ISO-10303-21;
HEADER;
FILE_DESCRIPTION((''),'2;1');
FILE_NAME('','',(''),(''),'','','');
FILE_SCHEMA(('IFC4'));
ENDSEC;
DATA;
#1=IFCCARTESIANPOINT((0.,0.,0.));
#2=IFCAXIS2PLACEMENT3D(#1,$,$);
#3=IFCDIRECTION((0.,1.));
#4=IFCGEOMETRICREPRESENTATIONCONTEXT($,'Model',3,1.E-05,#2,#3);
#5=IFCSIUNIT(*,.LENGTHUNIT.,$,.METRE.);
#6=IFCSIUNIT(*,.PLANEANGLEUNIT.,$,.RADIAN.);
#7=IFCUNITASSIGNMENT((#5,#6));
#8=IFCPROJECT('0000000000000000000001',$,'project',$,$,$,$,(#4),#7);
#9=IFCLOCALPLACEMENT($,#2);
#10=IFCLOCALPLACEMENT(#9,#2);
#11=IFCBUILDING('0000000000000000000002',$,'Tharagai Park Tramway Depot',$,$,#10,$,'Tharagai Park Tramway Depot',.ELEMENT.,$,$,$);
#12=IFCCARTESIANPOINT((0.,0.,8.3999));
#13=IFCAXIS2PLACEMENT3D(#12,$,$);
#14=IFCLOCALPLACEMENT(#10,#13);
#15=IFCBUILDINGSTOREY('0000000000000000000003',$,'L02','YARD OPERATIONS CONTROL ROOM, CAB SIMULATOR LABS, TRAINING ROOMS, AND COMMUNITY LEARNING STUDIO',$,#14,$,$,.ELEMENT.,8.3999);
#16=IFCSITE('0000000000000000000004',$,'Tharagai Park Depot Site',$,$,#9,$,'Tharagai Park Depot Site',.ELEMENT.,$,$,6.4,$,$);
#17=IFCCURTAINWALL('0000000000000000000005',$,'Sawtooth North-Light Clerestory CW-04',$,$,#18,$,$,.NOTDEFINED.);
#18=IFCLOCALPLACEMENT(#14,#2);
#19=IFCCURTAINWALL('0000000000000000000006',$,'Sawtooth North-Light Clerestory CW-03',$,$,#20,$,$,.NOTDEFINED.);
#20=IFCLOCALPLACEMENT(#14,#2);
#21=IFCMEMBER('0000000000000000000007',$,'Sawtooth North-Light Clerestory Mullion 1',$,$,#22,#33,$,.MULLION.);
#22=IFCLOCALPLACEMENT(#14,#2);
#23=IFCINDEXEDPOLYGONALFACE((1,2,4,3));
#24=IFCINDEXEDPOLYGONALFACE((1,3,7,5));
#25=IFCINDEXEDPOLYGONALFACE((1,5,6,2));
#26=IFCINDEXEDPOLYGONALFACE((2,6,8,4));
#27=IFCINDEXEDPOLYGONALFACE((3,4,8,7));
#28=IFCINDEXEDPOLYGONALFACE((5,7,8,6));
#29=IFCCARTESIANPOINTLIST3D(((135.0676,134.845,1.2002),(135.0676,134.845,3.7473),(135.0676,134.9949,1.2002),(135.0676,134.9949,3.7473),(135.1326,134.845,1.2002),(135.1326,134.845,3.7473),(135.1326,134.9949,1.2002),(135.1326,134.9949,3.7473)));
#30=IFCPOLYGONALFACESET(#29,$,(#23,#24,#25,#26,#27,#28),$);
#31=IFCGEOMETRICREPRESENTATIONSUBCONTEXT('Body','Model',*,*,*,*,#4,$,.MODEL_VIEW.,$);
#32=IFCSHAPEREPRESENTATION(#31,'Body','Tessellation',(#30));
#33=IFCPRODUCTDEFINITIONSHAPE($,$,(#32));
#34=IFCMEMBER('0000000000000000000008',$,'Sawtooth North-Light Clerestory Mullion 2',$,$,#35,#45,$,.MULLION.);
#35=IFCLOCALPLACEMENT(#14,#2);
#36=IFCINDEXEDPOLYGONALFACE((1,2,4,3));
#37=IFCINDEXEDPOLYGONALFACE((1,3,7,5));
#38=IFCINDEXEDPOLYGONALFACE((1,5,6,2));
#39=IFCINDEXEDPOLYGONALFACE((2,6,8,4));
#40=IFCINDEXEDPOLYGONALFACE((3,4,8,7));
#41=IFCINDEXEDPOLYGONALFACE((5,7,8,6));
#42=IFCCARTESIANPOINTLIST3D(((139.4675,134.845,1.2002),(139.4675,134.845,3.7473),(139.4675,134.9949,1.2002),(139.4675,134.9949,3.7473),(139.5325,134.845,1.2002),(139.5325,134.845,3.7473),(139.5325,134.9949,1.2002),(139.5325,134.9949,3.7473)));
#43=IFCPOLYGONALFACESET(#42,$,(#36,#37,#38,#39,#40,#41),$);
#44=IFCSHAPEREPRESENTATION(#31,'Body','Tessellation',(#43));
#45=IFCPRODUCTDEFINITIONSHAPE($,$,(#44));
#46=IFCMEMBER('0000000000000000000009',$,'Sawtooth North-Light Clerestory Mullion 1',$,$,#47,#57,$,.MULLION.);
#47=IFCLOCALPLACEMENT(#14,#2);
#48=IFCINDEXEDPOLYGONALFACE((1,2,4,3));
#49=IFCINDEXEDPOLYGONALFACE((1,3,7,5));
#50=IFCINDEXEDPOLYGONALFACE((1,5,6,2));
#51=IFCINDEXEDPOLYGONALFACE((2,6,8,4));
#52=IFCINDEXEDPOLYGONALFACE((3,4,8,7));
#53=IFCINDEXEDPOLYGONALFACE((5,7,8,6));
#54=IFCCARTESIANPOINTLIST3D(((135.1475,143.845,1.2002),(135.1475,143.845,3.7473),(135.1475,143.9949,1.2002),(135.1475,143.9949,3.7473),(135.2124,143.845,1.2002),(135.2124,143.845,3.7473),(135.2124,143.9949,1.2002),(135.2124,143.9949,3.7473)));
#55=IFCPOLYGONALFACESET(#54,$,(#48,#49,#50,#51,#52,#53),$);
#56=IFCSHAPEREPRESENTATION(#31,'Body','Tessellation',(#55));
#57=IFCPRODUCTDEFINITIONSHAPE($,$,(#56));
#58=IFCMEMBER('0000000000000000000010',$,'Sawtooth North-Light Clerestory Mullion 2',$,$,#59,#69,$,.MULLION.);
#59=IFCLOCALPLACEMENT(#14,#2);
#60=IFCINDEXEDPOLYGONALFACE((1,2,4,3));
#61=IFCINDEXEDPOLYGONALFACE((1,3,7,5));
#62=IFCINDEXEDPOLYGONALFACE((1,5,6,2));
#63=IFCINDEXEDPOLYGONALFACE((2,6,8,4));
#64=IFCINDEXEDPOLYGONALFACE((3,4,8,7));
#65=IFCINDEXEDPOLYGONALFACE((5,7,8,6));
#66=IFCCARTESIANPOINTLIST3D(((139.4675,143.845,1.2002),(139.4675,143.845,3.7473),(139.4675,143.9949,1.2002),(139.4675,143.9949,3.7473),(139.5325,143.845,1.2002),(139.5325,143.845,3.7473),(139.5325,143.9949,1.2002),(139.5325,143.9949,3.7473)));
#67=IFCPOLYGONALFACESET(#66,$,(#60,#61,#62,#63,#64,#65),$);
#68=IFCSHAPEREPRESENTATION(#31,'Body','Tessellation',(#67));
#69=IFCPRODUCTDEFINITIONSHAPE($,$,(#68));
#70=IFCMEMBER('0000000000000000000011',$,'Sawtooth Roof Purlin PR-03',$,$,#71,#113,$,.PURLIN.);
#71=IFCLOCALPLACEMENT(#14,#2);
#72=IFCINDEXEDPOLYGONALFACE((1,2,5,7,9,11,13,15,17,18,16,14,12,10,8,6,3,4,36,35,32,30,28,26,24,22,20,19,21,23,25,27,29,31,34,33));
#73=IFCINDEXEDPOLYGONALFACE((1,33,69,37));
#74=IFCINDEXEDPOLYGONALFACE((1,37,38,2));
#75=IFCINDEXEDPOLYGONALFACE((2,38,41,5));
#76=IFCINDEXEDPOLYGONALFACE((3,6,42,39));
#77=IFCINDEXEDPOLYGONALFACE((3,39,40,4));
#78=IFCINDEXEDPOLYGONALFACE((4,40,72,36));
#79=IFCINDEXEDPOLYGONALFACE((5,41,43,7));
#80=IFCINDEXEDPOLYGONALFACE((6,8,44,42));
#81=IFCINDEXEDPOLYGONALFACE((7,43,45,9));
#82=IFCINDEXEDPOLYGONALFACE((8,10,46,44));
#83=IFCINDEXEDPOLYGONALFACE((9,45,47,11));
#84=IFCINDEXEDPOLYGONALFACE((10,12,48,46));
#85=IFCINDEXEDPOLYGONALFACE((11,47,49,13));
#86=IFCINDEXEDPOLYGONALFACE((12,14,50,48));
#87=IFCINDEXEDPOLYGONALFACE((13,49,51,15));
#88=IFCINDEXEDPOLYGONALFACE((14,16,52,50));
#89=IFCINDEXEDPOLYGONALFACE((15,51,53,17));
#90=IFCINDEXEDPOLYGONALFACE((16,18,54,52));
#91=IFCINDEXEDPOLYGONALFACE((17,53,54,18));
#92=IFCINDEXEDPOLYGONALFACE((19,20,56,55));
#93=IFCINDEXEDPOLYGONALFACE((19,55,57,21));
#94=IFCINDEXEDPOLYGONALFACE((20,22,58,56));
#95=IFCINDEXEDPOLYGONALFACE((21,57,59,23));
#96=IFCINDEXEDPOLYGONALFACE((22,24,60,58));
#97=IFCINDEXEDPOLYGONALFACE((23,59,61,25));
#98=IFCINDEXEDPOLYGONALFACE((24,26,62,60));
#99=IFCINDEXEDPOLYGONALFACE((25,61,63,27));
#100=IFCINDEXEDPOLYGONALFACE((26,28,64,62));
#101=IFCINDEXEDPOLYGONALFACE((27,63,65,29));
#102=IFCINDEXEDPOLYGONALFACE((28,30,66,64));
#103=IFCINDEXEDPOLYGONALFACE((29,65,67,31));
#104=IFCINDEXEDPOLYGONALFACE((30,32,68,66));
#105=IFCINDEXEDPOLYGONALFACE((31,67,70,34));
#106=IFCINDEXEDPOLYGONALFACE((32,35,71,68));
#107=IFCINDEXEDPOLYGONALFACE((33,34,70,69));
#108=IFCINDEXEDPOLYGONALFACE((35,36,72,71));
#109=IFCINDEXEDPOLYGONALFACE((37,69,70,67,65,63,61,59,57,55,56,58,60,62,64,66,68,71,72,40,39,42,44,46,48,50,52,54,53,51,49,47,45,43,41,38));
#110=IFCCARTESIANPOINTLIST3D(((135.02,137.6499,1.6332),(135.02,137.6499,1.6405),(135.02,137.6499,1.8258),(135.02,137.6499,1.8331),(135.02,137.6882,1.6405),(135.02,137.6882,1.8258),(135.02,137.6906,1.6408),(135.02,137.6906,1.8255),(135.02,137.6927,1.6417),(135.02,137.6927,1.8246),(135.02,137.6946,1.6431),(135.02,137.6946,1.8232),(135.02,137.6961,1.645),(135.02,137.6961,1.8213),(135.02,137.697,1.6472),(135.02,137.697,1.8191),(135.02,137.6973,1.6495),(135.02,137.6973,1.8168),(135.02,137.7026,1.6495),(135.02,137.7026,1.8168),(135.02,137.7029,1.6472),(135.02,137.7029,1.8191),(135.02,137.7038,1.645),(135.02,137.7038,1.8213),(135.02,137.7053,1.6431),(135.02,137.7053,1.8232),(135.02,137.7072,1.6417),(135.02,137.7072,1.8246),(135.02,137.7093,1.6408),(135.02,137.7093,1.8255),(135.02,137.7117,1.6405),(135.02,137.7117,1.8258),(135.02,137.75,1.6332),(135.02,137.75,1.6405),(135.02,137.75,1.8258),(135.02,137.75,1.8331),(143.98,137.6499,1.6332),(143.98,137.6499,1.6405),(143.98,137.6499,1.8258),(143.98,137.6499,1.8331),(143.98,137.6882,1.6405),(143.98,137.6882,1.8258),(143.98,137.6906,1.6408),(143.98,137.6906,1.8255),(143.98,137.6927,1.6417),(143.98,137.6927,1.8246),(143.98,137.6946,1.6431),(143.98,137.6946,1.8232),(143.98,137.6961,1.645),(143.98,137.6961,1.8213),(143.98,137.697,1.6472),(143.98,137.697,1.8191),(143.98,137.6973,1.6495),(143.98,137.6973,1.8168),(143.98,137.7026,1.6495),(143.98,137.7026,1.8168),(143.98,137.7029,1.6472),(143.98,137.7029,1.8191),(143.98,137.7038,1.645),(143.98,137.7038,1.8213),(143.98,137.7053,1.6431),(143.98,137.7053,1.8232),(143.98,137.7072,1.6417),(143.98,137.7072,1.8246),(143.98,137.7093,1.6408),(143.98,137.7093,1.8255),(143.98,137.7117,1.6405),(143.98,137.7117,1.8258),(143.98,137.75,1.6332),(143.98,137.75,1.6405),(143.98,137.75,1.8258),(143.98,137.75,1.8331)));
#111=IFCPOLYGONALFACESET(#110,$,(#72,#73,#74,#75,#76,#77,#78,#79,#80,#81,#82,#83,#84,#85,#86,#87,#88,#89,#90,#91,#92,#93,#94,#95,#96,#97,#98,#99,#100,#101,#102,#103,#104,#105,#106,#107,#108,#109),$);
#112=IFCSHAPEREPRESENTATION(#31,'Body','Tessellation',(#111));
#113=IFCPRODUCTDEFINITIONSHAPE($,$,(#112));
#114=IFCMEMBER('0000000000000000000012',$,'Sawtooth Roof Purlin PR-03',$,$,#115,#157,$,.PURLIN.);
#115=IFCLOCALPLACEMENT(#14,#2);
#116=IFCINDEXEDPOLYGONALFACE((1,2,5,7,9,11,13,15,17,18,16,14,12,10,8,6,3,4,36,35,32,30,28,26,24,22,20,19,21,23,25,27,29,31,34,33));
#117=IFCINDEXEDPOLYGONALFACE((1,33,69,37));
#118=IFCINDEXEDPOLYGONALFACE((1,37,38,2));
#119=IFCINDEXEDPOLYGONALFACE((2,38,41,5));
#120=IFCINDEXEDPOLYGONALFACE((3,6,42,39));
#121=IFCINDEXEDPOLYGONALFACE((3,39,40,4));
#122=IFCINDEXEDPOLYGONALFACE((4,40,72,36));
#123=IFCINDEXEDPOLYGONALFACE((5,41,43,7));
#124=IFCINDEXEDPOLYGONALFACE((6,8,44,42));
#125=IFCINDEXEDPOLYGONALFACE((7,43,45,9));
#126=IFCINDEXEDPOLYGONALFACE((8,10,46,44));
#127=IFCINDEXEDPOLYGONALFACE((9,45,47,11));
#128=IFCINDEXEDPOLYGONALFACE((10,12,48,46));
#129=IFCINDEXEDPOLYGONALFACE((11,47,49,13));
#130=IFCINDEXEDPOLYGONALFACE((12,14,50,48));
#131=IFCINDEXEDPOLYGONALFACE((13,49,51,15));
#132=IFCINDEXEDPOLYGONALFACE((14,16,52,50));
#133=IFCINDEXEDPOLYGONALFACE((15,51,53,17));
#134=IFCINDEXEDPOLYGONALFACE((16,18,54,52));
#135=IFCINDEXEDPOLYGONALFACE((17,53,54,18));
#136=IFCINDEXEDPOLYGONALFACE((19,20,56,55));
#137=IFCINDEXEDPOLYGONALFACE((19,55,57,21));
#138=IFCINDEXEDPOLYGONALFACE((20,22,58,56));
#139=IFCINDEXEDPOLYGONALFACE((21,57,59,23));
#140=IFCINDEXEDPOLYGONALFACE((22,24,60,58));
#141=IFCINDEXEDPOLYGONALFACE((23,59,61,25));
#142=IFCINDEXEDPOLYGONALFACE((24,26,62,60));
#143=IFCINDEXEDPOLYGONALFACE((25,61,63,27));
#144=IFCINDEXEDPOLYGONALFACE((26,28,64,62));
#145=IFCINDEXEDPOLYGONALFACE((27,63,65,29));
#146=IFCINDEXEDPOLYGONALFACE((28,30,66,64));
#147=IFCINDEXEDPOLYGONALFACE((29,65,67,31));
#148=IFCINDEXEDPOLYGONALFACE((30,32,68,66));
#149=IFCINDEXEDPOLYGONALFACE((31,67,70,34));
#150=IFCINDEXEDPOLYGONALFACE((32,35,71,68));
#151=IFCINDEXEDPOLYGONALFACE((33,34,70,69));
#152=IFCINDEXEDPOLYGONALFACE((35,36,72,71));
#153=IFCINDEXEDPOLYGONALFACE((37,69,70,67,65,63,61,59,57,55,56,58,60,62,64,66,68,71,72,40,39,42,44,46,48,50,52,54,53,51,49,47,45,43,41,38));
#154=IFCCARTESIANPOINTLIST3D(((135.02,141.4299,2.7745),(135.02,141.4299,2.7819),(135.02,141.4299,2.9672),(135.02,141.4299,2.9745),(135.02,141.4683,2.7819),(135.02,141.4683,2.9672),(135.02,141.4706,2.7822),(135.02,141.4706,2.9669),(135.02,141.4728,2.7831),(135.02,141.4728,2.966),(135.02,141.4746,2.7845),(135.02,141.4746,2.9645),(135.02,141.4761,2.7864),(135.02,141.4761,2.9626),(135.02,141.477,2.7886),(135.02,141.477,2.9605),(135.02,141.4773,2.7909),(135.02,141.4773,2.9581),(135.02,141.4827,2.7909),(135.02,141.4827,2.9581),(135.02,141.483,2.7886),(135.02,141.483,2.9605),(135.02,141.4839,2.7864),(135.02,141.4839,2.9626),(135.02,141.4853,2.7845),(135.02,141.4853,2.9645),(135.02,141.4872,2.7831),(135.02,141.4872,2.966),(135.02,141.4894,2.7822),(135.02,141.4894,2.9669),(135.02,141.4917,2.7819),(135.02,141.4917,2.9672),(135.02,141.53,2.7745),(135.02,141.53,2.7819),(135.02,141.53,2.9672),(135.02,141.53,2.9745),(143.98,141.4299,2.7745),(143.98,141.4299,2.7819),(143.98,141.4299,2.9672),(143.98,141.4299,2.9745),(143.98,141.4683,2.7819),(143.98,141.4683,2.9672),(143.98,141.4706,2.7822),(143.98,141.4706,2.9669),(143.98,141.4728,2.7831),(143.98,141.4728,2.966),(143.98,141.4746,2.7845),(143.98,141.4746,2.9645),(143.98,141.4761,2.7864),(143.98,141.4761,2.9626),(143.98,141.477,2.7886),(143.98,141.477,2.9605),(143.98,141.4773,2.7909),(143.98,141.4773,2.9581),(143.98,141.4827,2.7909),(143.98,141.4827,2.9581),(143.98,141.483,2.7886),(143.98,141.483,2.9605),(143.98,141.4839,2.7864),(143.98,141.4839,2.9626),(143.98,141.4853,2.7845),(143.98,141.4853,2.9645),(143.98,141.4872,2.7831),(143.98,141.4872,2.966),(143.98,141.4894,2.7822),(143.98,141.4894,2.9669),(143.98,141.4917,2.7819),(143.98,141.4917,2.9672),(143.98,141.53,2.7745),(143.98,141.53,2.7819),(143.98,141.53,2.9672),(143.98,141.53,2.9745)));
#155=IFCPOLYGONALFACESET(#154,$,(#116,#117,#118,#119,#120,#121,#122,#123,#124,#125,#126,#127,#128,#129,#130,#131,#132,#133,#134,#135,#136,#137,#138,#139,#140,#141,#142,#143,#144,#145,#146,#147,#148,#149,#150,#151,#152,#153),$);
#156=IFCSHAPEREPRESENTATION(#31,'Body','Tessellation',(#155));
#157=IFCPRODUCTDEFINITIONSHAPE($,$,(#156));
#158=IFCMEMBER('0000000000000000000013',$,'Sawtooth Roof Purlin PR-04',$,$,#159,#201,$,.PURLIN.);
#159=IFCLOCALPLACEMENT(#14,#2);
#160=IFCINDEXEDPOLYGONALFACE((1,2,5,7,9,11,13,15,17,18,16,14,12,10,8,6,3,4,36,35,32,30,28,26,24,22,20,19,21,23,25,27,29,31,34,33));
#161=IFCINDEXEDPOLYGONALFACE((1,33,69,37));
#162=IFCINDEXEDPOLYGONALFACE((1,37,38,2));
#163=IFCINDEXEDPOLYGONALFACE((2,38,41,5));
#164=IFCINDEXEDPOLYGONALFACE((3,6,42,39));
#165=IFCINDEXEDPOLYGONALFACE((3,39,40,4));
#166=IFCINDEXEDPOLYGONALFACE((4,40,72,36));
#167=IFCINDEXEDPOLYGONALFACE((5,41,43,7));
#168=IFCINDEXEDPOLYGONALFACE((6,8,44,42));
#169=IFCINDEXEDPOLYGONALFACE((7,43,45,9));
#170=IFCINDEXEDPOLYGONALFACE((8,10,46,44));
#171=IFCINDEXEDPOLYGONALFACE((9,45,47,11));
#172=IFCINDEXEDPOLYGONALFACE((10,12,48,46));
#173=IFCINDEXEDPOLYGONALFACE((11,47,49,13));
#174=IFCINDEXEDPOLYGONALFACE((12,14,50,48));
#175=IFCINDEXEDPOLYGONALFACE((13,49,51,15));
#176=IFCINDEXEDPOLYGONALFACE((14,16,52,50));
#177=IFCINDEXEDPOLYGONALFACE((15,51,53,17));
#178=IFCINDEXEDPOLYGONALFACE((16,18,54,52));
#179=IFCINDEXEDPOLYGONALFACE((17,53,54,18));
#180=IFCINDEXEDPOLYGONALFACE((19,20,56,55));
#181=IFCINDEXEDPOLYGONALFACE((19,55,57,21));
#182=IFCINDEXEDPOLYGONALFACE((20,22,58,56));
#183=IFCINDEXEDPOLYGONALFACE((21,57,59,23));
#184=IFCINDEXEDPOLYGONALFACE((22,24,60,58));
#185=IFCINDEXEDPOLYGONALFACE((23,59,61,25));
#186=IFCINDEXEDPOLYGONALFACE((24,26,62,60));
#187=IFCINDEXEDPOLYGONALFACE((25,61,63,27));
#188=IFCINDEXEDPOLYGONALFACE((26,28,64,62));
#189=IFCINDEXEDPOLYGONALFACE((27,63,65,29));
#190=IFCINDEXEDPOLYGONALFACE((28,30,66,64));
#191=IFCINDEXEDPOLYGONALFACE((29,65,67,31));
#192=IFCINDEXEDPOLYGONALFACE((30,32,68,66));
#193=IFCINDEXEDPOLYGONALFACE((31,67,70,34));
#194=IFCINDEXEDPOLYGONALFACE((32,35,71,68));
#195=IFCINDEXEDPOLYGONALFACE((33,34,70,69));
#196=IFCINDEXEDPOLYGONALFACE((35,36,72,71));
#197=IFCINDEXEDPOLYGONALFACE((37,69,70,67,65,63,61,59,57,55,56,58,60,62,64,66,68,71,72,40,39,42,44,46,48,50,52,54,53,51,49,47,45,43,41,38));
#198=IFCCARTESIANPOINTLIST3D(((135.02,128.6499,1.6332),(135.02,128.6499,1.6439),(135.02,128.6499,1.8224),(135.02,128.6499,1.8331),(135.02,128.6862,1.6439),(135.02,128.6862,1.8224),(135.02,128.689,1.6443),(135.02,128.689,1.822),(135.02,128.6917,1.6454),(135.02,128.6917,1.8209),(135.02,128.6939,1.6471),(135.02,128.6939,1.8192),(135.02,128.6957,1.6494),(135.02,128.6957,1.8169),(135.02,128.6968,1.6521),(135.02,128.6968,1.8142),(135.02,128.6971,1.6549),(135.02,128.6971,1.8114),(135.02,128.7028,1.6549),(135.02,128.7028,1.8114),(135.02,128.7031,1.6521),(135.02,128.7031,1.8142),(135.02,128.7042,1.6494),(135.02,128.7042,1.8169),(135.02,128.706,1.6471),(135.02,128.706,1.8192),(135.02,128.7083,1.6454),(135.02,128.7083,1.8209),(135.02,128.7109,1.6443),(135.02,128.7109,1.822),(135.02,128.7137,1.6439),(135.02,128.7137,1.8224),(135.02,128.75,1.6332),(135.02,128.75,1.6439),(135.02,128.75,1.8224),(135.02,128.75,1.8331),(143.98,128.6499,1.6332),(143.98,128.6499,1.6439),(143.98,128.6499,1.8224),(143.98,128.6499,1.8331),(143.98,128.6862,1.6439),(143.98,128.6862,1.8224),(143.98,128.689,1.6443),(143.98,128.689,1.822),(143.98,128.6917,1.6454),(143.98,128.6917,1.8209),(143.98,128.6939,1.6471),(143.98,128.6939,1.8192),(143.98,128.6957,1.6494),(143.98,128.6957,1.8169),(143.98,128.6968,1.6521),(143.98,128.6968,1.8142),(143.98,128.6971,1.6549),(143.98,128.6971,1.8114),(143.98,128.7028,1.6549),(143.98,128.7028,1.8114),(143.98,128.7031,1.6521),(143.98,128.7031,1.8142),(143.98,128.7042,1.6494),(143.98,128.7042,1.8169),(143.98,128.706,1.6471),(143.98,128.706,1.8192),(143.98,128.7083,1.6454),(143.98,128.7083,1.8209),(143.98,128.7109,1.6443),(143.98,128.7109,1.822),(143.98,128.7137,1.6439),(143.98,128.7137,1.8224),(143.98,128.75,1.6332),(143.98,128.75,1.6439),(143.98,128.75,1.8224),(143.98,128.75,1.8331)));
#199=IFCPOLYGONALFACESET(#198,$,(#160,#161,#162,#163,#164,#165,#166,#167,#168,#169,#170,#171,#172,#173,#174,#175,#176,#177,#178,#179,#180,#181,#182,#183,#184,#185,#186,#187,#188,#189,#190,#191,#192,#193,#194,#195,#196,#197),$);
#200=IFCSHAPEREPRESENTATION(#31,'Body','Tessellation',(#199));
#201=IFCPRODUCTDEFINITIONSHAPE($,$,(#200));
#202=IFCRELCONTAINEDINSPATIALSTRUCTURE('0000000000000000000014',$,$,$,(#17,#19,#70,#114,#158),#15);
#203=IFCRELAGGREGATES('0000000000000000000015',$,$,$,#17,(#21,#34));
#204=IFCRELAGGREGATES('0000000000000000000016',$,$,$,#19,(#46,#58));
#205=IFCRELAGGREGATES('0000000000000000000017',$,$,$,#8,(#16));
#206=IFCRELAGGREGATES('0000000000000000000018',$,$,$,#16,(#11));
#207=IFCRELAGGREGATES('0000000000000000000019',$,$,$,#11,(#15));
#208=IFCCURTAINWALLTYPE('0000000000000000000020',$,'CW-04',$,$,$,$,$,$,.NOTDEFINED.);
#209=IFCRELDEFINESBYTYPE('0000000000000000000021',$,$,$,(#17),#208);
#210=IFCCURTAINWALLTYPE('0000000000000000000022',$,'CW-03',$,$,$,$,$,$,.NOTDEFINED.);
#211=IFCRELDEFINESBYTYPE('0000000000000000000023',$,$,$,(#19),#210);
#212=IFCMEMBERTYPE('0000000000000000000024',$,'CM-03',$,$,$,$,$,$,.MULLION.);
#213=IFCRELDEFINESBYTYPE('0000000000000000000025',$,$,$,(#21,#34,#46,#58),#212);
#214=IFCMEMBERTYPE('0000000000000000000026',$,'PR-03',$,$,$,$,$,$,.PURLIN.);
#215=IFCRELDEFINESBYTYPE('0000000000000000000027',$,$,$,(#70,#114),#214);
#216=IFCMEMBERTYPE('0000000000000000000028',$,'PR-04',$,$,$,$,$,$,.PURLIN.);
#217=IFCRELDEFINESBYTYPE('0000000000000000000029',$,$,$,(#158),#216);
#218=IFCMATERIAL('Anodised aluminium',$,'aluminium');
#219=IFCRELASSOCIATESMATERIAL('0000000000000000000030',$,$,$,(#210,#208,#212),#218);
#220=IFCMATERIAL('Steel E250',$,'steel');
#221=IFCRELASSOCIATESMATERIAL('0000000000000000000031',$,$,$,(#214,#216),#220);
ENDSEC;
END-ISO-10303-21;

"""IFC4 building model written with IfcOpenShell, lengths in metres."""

from ifc_helpers import new_model, si_unit, direction, frame, origin, origin_2d, place, context, subcontext, project, spatial, rectangle, i_section, extrude, material, material_profile, profile_set, type_object, element, aggregate, save


model = new_model("IFC4")

# Units and contexts
model_context = context("Model", 3, precision=1e-05, world=origin(), true_north=direction((0.0, 1.0)))
body_context = subcontext(model_context, "Body", "Model", "MODEL_VIEW")
ifc_project = project(units=[si_unit("LENGTHUNIT", "METRE"), si_unit("PLANEANGLEUNIT", "RADIAN")], contexts=[model_context])

# Site, building, storey
site_placement = place(None, origin())
site = spatial("IfcSite", under=ifc_project, at=site_placement, Name="Tharagai Park Depot Site", LongName="Tharagai Park Depot Site", CompositionType="ELEMENT", RefElevation=6.4)
building_placement = place(site_placement, origin())
building = spatial("IfcBuilding", under=site, at=building_placement, Name="Tharagai Park Tramway Depot", LongName="Tharagai Park Tramway Depot", CompositionType="ELEMENT")
storey_placement = place(building_placement, frame((0.0, 0.0, 8.3999)))
storey = spatial("IfcBuildingStorey", under=building, at=storey_placement, Name="L02", Description="YARD OPERATIONS CONTROL ROOM, CAB SIMULATOR LABS, TRAINING ROOMS, AND COMMUNITY LEARNING STUDIO", CompositionType="ELEMENT", Elevation=8.3999)

# Curtain walls
ifc_material_1 = material(Name="Anodised aluminium", Category="aluminium")
curtain_wall_type_1 = type_object("IfcCurtainWallType", Name="CW-03", PredefinedType="NOTDEFINED", material=ifc_material_1)
curtain_wall_type_2 = type_object("IfcCurtainWallType", Name="CW-04", PredefinedType="NOTDEFINED", material=ifc_material_1)
curtain_wall_1_placement = place(storey_placement, origin())
curtain_wall_1 = element("IfcCurtainWall", 1, at=curtain_wall_1_placement, inside=storey, type_object=curtain_wall_type_2, Name="Sawtooth North-Light Clerestory CW-04", PredefinedType="NOTDEFINED")
curtain_wall_2_placement = place(storey_placement, origin())
curtain_wall_2 = element("IfcCurtainWall", 2, at=curtain_wall_2_placement, inside=storey, type_object=curtain_wall_type_1, Name="Sawtooth North-Light Clerestory CW-03", PredefinedType="NOTDEFINED")

# Members
ifc_material_profile_1 = material_profile(ifc_material_1, rectangle(XDim=0.0649, YDim=0.1499, at=origin_2d()), Name="ALU 65x150")
ifc_profile_set_1 = profile_set([ifc_material_profile_1], Name="Anodised aluminium")
member_type_1 = type_object("IfcMemberType", Name="CM-03", PredefinedType="MULLION", material=ifc_profile_set_1)
member_1_placement = place(storey_placement, frame((135.1001, 134.9199, 1.2002), z_axis=(0.0, 0.0, 1.0), x_axis=(1.0, 0.0, 0.0)))
member_1 = element("IfcMember", 3, at=member_1_placement, type_object=member_type_1, Name="Sawtooth North-Light Clerestory Mullion 1", PredefinedType="MULLION", context=body_context, shape_type="SweptSolid", body=[
    extrude(rectangle(XDim=0.0649, YDim=0.1499, at=origin_2d()), origin(), (0.0, 0.0, 1.0), 2.5471),
])
member_2_placement = place(storey_placement, frame((139.5, 134.9199, 1.2002), z_axis=(0.0, 0.0, 1.0), x_axis=(1.0, 0.0, 0.0)))
member_2 = element("IfcMember", 4, at=member_2_placement, type_object=member_type_1, Name="Sawtooth North-Light Clerestory Mullion 2", PredefinedType="MULLION", context=body_context, shape_type="SweptSolid", body=[
    extrude(rectangle(XDim=0.0649, YDim=0.1499, at=origin_2d()), origin(), (0.0, 0.0, 1.0), 2.5471),
])
member_3_placement = place(storey_placement, frame((135.1799, 143.9199, 1.2002), z_axis=(0.0, 0.0, 1.0), x_axis=(1.0, 0.0, 0.0)))
member_3 = element("IfcMember", 5, at=member_3_placement, type_object=member_type_1, Name="Sawtooth North-Light Clerestory Mullion 1", PredefinedType="MULLION", context=body_context, shape_type="SweptSolid", body=[
    extrude(rectangle(XDim=0.0649, YDim=0.1499, at=origin_2d()), origin(), (0.0, 0.0, 1.0), 2.5471),
])
member_4_placement = place(storey_placement, frame((139.5, 143.9199, 1.2002), z_axis=(0.0, 0.0, 1.0), x_axis=(1.0, 0.0, 0.0)))
member_4 = element("IfcMember", 6, at=member_4_placement, type_object=member_type_1, Name="Sawtooth North-Light Clerestory Mullion 2", PredefinedType="MULLION", context=body_context, shape_type="SweptSolid", body=[
    extrude(rectangle(XDim=0.0649, YDim=0.1499, at=origin_2d()), origin(), (0.0, 0.0, 1.0), 2.5471),
])

# Members
ifc_material_2 = material(Name="Steel E250", Category="steel")
ifc_material_profile_2 = material_profile(ifc_material_2, i_section(OverallWidth=0.1001, OverallDepth=0.2, WebThickness=0.0054, FlangeThickness=0.0073, FilletRadius=0.009, at=origin_2d()), Name="ISLB 200")
ifc_profile_set_2 = profile_set([ifc_material_profile_2], Name="Steel E250")
member_type_2 = type_object("IfcMemberType", Name="PR-03", PredefinedType="PURLIN", material=ifc_profile_set_2)
for number, where, z_axis, x_axis, name in (
    (7, (135.02, 137.7, 1.7332), (1.0, 0.0, 0.0), (0.0, 1.0, 0.0), "Sawtooth Roof Purlin PR-03"),
    (8, (135.02, 141.48, 2.8745), (1.0, 0.0, 0.0), (0.0, 1.0, 0.0), "Sawtooth Roof Purlin PR-03"),
):
    element("IfcMember", number, at=place(storey_placement, frame(where, z_axis=z_axis, x_axis=x_axis)), inside=storey, type_object=member_type_2, Name=name, PredefinedType="PURLIN", context=body_context, shape_type="SweptSolid", body=[
        extrude(i_section(OverallWidth=0.1001, OverallDepth=0.2, WebThickness=0.0054, FlangeThickness=0.0073, FilletRadius=0.009, at=origin_2d()), origin(), (0.0, 0.0, 1.0), 8.96),
    ])
ifc_material_profile_3 = material_profile(ifc_material_2, i_section(OverallWidth=0.1001, OverallDepth=0.2, WebThickness=0.0056, FlangeThickness=0.0107, FilletRadius=0.011, at=origin_2d()), Name="ISMB 200")
ifc_profile_set_3 = profile_set([ifc_material_profile_3], Name="Steel E250")
member_type_3 = type_object("IfcMemberType", Name="PR-04", PredefinedType="PURLIN", material=ifc_profile_set_3)
for number, where, z_axis, x_axis, name in (
    (9, (135.02, 128.7, 1.7332), (1.0, 0.0, 0.0), (0.0, 1.0, 0.0), "Sawtooth Roof Purlin PR-04"),
):
    element("IfcMember", number, at=place(storey_placement, frame(where, z_axis=z_axis, x_axis=x_axis)), inside=storey, type_object=member_type_3, Name=name, PredefinedType="PURLIN", context=body_context, shape_type="SweptSolid", body=[
        extrude(i_section(OverallWidth=0.1001, OverallDepth=0.2, WebThickness=0.0056, FlangeThickness=0.0107, FilletRadius=0.011, at=origin_2d()), origin(), (0.0, 0.0, 1.0), 8.96),
    ])

aggregate(curtain_wall_1, [member_1, member_2])
aggregate(curtain_wall_2, [member_3, member_4])

save(model, "model.ifc")
